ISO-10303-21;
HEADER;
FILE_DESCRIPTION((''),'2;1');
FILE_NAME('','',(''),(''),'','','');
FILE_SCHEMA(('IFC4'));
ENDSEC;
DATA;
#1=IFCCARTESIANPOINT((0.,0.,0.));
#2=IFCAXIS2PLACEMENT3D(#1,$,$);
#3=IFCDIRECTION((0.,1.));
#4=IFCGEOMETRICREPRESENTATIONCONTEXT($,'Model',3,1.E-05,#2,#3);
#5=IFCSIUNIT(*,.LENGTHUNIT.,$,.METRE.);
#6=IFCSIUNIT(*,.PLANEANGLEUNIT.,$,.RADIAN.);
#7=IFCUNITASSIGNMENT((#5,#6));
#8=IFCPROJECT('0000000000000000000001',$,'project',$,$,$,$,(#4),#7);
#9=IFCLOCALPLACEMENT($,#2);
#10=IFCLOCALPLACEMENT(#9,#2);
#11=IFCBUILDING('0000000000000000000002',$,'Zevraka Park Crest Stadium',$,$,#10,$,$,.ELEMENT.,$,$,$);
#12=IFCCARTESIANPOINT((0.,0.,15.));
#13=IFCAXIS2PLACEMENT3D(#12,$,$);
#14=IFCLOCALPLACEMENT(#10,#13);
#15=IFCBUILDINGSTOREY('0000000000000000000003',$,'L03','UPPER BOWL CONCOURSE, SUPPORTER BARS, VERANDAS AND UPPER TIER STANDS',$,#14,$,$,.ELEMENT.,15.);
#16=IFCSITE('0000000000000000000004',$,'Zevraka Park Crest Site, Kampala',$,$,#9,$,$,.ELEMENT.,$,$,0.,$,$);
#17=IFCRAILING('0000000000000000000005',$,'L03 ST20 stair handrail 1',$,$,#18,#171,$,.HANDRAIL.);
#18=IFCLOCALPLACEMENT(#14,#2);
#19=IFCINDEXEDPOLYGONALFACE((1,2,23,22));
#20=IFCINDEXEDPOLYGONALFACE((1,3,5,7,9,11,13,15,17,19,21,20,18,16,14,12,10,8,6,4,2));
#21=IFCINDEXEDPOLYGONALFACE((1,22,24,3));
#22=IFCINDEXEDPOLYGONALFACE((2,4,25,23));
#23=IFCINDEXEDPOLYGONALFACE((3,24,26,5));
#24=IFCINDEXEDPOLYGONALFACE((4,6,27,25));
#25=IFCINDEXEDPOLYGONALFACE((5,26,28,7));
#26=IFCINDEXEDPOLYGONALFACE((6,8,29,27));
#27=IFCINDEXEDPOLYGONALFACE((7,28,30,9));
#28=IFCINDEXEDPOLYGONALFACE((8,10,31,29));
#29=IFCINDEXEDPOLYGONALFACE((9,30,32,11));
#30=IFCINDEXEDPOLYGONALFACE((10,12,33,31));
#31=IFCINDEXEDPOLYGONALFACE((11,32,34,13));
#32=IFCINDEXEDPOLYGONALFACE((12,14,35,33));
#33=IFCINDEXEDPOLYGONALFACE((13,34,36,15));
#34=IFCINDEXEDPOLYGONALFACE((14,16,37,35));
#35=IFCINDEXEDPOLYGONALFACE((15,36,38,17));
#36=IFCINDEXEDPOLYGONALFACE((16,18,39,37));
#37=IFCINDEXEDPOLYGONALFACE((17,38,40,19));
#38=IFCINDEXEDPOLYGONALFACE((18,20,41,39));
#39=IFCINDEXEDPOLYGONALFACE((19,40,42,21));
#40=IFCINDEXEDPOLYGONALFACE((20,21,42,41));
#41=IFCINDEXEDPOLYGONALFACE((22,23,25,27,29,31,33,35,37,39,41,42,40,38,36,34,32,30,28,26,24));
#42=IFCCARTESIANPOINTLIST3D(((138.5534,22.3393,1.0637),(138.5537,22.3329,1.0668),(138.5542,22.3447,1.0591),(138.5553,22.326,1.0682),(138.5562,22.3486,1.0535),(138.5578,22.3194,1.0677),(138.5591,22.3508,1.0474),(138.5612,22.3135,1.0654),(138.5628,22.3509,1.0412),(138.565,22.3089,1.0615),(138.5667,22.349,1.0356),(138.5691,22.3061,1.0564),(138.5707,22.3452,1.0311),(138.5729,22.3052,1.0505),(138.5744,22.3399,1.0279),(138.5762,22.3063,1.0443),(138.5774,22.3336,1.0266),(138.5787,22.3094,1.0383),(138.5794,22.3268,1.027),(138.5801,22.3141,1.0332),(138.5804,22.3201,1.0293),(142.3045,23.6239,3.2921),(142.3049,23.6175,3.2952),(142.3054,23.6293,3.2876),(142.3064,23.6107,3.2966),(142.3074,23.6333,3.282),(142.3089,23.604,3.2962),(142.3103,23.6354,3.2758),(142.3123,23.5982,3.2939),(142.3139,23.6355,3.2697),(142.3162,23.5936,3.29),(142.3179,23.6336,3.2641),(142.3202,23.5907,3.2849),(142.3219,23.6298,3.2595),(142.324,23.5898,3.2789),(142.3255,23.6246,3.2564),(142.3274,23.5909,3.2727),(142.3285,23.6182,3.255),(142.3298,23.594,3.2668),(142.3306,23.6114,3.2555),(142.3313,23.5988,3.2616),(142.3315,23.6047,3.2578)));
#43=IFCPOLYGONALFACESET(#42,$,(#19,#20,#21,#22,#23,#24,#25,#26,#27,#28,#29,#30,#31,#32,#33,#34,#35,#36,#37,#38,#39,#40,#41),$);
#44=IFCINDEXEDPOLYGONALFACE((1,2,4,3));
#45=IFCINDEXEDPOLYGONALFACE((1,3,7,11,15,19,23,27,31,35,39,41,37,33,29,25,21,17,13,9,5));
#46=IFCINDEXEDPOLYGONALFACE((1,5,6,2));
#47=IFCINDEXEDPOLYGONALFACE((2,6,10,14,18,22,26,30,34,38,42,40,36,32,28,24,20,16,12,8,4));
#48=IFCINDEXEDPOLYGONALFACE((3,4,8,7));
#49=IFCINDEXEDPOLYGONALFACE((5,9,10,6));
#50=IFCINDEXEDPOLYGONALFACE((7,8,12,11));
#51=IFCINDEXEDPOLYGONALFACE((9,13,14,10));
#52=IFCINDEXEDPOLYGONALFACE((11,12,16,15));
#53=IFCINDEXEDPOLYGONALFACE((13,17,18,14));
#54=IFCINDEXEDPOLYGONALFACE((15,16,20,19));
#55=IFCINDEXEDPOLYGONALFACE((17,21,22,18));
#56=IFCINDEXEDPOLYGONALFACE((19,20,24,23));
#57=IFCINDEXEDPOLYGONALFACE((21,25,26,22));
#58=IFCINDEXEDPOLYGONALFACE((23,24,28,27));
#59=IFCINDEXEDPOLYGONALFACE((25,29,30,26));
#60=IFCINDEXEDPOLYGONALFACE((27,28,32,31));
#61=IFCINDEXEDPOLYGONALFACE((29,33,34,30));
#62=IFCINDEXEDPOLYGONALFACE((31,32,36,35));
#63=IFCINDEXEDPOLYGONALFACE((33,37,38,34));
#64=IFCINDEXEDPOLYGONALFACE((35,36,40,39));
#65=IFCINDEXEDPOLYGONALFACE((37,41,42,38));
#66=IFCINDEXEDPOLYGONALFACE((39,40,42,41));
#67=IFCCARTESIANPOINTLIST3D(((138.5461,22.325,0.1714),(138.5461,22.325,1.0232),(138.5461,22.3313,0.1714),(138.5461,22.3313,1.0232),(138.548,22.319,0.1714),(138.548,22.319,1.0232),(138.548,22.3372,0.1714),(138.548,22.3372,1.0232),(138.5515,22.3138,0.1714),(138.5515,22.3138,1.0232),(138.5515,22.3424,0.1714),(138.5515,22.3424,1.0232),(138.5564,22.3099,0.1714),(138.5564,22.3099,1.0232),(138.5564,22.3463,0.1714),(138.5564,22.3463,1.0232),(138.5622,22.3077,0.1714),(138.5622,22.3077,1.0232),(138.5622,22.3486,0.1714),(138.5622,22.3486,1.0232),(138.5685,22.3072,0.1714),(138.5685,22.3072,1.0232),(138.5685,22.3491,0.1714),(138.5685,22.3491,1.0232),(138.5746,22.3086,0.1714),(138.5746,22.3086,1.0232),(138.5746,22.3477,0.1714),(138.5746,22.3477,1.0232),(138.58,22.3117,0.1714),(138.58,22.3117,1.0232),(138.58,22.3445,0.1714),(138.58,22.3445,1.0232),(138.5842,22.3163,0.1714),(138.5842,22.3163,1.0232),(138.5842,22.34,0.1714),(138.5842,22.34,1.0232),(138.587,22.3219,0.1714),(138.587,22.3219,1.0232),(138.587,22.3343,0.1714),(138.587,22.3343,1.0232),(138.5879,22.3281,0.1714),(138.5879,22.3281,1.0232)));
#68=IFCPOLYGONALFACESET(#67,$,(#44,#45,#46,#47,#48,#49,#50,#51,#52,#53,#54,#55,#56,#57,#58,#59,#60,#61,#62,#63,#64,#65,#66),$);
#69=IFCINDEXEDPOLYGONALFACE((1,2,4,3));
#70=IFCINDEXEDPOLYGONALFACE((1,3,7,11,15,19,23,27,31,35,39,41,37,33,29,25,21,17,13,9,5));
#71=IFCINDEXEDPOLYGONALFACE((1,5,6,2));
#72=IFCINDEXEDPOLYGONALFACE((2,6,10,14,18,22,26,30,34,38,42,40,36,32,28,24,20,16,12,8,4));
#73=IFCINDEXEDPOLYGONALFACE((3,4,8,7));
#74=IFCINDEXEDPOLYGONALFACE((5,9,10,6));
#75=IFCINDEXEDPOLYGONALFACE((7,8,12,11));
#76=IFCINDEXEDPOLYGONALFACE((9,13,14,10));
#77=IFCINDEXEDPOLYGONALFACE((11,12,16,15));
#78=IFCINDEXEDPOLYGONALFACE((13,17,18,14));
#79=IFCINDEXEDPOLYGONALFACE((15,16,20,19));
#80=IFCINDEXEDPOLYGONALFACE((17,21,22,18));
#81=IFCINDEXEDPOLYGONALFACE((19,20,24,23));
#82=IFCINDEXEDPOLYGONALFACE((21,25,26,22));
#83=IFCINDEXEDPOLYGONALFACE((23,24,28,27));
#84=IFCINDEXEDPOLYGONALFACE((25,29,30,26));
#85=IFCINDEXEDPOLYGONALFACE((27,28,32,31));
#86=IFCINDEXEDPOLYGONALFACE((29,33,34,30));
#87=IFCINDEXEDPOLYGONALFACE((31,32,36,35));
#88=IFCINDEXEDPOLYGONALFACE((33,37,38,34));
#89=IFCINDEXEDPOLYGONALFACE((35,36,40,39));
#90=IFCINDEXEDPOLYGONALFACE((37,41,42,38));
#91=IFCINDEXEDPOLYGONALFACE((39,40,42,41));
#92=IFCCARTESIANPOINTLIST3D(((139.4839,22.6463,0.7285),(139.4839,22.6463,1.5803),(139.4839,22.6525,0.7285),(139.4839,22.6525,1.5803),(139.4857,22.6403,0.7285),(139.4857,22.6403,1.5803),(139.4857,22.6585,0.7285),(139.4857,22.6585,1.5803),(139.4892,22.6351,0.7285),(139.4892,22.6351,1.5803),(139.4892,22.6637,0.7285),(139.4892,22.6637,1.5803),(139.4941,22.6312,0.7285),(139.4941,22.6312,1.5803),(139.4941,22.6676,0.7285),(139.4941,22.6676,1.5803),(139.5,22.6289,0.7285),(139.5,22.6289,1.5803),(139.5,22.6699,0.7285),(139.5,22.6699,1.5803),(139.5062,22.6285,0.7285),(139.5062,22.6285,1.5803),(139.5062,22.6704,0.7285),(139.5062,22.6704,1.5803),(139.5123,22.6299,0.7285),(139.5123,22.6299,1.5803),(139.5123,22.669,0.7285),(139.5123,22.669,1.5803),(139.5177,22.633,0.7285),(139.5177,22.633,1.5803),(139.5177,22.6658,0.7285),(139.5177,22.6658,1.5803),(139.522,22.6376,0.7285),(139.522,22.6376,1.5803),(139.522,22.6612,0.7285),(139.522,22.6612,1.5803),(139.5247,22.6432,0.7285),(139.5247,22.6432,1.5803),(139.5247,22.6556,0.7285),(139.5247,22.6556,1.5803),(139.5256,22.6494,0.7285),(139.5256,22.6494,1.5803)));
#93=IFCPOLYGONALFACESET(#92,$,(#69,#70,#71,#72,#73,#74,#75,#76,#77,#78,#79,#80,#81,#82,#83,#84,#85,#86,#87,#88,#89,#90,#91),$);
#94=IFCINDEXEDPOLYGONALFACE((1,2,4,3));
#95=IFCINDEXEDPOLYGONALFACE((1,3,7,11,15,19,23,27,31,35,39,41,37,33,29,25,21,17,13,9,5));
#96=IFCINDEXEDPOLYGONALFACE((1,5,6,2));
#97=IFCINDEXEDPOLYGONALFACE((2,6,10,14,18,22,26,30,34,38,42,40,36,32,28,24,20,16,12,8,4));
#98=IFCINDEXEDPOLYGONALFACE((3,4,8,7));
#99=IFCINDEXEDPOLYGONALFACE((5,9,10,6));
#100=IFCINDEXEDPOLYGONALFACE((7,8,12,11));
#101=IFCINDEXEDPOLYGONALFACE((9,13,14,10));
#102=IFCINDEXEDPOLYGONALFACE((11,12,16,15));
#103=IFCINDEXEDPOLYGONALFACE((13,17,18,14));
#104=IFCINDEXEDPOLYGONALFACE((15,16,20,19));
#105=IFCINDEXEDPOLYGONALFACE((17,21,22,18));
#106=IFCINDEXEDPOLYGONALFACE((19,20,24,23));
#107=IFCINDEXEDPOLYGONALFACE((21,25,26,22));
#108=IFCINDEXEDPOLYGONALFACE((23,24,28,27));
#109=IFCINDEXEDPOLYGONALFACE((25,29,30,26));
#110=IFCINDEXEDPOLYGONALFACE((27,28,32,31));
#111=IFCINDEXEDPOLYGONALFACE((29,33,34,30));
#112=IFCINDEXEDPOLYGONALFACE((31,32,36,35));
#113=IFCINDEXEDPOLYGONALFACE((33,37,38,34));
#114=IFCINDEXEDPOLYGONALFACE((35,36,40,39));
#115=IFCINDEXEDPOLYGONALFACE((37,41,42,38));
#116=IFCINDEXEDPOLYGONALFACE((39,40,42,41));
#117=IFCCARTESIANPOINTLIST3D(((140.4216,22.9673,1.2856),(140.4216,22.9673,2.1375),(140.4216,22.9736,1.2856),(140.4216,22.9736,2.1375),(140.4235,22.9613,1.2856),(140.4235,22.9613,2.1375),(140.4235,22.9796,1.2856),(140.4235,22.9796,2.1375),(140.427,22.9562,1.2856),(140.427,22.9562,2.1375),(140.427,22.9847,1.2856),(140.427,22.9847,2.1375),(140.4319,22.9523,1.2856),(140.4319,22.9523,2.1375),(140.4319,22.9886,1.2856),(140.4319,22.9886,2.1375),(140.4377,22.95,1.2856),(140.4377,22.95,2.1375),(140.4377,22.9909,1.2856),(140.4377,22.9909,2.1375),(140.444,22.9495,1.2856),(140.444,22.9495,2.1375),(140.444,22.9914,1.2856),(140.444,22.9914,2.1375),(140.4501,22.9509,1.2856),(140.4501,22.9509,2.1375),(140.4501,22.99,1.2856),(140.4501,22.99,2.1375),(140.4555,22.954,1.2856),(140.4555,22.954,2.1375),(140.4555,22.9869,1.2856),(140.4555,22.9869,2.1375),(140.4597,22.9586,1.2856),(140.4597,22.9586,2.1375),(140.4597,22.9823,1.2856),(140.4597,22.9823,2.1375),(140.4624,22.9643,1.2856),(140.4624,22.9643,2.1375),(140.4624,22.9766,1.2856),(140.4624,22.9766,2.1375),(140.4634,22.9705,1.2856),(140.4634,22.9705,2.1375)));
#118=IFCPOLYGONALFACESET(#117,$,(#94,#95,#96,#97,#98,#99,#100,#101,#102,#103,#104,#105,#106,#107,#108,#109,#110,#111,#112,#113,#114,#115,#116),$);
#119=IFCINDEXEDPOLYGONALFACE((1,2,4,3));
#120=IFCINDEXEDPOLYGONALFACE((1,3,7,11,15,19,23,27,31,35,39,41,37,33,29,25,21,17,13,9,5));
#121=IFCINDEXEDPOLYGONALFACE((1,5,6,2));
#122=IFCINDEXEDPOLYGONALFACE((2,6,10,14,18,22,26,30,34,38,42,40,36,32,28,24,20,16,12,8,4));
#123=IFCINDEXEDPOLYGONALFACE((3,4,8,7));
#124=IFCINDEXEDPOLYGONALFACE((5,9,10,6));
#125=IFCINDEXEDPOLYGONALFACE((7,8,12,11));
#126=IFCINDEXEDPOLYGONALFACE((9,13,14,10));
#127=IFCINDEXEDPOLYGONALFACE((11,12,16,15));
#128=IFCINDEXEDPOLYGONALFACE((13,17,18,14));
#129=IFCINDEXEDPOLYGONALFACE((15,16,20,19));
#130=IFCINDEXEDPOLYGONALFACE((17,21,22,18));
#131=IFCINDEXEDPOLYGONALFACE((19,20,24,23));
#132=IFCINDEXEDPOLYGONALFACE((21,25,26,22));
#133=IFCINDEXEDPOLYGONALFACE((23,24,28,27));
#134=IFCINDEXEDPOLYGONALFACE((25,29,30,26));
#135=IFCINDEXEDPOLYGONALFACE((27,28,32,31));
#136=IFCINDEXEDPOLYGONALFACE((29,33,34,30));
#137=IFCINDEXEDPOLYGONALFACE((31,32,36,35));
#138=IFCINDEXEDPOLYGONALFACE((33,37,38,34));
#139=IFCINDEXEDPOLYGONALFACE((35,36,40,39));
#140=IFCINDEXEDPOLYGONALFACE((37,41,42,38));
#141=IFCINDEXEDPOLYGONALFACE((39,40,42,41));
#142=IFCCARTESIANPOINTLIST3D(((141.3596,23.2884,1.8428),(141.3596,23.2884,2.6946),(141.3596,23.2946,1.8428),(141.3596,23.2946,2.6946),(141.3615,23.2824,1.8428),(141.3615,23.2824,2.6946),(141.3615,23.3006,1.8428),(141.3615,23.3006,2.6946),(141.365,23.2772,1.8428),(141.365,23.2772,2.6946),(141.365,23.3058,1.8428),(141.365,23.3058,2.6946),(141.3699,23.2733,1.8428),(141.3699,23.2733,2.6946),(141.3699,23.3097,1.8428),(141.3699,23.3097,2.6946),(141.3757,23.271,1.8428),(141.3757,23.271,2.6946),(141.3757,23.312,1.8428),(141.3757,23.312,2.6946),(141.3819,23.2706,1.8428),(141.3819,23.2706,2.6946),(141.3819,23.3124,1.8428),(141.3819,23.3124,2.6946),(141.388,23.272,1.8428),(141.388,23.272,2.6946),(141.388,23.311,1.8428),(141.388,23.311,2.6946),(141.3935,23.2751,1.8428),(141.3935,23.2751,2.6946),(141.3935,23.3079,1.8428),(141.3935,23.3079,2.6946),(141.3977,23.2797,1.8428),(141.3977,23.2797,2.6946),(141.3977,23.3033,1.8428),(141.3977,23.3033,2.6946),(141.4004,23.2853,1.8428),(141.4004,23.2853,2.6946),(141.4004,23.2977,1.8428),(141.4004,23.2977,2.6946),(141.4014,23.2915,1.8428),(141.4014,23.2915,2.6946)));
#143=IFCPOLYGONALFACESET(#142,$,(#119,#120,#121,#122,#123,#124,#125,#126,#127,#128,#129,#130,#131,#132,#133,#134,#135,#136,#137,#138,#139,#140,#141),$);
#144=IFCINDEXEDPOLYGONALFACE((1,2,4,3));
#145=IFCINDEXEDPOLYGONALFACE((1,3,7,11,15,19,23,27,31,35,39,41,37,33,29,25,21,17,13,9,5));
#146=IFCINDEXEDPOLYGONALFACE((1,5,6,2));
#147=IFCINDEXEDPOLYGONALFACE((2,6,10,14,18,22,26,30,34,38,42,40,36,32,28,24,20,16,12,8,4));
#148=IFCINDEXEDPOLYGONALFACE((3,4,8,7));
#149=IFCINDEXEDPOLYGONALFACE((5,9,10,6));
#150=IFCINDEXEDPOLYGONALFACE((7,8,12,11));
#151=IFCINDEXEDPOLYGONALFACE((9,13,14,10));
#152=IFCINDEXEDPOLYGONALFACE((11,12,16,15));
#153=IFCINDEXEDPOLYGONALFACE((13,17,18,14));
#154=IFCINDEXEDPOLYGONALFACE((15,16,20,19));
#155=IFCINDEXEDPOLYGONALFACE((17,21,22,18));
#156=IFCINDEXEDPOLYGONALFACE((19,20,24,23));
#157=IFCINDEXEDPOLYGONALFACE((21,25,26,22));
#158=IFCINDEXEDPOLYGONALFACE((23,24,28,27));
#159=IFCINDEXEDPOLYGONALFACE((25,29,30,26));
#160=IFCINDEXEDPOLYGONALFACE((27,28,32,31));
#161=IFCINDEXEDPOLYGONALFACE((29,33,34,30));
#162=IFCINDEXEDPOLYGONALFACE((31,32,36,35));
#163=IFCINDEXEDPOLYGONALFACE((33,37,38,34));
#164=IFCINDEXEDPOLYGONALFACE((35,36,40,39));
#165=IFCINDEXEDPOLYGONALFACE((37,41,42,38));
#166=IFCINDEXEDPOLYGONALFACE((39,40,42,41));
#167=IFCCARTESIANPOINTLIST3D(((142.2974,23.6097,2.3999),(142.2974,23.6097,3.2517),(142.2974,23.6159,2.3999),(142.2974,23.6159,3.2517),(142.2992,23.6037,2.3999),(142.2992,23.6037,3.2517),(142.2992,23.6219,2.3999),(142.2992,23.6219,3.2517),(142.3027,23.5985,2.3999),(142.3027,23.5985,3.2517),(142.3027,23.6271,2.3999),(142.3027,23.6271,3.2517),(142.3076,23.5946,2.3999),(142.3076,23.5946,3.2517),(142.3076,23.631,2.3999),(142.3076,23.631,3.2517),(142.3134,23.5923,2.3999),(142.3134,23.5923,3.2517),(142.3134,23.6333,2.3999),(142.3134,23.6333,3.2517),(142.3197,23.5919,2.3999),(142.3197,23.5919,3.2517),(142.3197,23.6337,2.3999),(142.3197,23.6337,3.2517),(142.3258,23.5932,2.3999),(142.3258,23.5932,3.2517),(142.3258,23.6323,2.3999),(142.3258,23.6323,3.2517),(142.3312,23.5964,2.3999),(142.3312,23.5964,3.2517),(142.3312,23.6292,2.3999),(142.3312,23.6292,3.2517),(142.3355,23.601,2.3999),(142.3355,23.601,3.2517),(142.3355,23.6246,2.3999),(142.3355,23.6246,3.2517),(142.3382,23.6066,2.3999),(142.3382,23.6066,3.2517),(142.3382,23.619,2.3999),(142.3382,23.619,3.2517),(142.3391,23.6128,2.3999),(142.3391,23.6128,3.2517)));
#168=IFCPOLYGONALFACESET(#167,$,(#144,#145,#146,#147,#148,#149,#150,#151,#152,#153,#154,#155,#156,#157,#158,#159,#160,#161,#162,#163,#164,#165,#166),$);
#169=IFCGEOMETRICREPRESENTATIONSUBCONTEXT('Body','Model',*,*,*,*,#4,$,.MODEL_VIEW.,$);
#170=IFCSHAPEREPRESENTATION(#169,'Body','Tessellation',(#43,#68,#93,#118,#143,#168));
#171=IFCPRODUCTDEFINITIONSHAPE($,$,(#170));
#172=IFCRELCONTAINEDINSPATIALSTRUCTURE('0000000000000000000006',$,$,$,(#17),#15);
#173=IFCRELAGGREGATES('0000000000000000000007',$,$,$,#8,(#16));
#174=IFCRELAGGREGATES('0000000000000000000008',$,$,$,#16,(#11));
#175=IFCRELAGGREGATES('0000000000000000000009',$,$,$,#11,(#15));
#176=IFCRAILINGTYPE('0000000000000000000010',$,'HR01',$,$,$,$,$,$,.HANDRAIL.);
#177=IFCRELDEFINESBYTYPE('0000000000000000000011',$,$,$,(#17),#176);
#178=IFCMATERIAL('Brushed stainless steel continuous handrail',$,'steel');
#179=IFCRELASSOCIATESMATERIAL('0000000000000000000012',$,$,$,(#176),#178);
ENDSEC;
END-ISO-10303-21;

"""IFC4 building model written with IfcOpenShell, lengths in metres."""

from ifc_helpers import new_model, si_unit, direction, frame, origin, origin_2d, place, context, subcontext, project, spatial, circle, extrude, material, type_object, element, save


model = new_model("IFC4")

# Units and contexts
model_context = context("Model", 3, precision=1e-05, world=origin(), true_north=direction((0.0, 1.0)))
body_context = subcontext(model_context, "Body", "Model", "MODEL_VIEW")
ifc_project = project(units=[si_unit("LENGTHUNIT", "METRE"), si_unit("PLANEANGLEUNIT", "RADIAN")], contexts=[model_context])

# Site, building, storey
site_placement = place(None, origin())
site = spatial("IfcSite", under=ifc_project, at=site_placement, Name="Zevraka Park Crest Site, Kampala", CompositionType="ELEMENT", RefElevation=0.0)
building_placement = place(site_placement, origin())
building = spatial("IfcBuilding", under=site, at=building_placement, Name="Zevraka Park Crest Stadium", CompositionType="ELEMENT")
storey_placement = place(building_placement, frame((0.0, 0.0, 15.0)))
storey = spatial("IfcBuildingStorey", under=building, at=storey_placement, Name="L03", Description="UPPER BOWL CONCOURSE, SUPPORTER BARS, VERANDAS AND UPPER TIER STANDS", CompositionType="ELEMENT", Elevation=15.0)

# Railing
ifc_material_1 = material(Name="Brushed stainless steel continuous handrail", Category="steel")
railing_type_1 = type_object("IfcRailingType", Name="HR01", PredefinedType="HANDRAIL", material=ifc_material_1)
railing_1_placement = place(storey_placement, frame((138.5669, 22.3281, 0.1714)))
element("IfcRailing", 1, at=railing_1_placement, inside=storey, type_object=railing_type_1, Name="L03 ST20 stair handrail 1", PredefinedType="HANDRAIL", context=body_context, shape_type="SweptSolid", body=[
    extrude(circle(Radius=0.0239, at=origin_2d()), frame((0.0, 0.0, 0.876), z_axis=(0.824727, 0.282441, 0.489952), x_axis=(-0.323994, 0.946059, 0.0)), (0.0, 0.0, 1.0), 4.5483),
    extrude(circle(Radius=0.021, at=origin_2d()), origin(), (0.0, 0.0, 1.0), 0.8518),
    extrude(circle(Radius=0.021, at=origin_2d()), frame((0.9377, 0.3213, 0.5571)), (0.0, 0.0, 1.0), 0.8518),
    extrude(circle(Radius=0.021, at=origin_2d()), frame((1.8755, 0.6423, 1.1143)), (0.0, 0.0, 1.0), 0.8518),
    extrude(circle(Radius=0.021, at=origin_2d()), frame((2.8135, 0.9634, 1.6714)), (0.0, 0.0, 1.0), 0.8518),
    extrude(circle(Radius=0.021, at=origin_2d()), frame((3.7512, 1.2847, 2.2285)), (0.0, 0.0, 1.0), 0.8518),
])

save(model, "model.ifc")
